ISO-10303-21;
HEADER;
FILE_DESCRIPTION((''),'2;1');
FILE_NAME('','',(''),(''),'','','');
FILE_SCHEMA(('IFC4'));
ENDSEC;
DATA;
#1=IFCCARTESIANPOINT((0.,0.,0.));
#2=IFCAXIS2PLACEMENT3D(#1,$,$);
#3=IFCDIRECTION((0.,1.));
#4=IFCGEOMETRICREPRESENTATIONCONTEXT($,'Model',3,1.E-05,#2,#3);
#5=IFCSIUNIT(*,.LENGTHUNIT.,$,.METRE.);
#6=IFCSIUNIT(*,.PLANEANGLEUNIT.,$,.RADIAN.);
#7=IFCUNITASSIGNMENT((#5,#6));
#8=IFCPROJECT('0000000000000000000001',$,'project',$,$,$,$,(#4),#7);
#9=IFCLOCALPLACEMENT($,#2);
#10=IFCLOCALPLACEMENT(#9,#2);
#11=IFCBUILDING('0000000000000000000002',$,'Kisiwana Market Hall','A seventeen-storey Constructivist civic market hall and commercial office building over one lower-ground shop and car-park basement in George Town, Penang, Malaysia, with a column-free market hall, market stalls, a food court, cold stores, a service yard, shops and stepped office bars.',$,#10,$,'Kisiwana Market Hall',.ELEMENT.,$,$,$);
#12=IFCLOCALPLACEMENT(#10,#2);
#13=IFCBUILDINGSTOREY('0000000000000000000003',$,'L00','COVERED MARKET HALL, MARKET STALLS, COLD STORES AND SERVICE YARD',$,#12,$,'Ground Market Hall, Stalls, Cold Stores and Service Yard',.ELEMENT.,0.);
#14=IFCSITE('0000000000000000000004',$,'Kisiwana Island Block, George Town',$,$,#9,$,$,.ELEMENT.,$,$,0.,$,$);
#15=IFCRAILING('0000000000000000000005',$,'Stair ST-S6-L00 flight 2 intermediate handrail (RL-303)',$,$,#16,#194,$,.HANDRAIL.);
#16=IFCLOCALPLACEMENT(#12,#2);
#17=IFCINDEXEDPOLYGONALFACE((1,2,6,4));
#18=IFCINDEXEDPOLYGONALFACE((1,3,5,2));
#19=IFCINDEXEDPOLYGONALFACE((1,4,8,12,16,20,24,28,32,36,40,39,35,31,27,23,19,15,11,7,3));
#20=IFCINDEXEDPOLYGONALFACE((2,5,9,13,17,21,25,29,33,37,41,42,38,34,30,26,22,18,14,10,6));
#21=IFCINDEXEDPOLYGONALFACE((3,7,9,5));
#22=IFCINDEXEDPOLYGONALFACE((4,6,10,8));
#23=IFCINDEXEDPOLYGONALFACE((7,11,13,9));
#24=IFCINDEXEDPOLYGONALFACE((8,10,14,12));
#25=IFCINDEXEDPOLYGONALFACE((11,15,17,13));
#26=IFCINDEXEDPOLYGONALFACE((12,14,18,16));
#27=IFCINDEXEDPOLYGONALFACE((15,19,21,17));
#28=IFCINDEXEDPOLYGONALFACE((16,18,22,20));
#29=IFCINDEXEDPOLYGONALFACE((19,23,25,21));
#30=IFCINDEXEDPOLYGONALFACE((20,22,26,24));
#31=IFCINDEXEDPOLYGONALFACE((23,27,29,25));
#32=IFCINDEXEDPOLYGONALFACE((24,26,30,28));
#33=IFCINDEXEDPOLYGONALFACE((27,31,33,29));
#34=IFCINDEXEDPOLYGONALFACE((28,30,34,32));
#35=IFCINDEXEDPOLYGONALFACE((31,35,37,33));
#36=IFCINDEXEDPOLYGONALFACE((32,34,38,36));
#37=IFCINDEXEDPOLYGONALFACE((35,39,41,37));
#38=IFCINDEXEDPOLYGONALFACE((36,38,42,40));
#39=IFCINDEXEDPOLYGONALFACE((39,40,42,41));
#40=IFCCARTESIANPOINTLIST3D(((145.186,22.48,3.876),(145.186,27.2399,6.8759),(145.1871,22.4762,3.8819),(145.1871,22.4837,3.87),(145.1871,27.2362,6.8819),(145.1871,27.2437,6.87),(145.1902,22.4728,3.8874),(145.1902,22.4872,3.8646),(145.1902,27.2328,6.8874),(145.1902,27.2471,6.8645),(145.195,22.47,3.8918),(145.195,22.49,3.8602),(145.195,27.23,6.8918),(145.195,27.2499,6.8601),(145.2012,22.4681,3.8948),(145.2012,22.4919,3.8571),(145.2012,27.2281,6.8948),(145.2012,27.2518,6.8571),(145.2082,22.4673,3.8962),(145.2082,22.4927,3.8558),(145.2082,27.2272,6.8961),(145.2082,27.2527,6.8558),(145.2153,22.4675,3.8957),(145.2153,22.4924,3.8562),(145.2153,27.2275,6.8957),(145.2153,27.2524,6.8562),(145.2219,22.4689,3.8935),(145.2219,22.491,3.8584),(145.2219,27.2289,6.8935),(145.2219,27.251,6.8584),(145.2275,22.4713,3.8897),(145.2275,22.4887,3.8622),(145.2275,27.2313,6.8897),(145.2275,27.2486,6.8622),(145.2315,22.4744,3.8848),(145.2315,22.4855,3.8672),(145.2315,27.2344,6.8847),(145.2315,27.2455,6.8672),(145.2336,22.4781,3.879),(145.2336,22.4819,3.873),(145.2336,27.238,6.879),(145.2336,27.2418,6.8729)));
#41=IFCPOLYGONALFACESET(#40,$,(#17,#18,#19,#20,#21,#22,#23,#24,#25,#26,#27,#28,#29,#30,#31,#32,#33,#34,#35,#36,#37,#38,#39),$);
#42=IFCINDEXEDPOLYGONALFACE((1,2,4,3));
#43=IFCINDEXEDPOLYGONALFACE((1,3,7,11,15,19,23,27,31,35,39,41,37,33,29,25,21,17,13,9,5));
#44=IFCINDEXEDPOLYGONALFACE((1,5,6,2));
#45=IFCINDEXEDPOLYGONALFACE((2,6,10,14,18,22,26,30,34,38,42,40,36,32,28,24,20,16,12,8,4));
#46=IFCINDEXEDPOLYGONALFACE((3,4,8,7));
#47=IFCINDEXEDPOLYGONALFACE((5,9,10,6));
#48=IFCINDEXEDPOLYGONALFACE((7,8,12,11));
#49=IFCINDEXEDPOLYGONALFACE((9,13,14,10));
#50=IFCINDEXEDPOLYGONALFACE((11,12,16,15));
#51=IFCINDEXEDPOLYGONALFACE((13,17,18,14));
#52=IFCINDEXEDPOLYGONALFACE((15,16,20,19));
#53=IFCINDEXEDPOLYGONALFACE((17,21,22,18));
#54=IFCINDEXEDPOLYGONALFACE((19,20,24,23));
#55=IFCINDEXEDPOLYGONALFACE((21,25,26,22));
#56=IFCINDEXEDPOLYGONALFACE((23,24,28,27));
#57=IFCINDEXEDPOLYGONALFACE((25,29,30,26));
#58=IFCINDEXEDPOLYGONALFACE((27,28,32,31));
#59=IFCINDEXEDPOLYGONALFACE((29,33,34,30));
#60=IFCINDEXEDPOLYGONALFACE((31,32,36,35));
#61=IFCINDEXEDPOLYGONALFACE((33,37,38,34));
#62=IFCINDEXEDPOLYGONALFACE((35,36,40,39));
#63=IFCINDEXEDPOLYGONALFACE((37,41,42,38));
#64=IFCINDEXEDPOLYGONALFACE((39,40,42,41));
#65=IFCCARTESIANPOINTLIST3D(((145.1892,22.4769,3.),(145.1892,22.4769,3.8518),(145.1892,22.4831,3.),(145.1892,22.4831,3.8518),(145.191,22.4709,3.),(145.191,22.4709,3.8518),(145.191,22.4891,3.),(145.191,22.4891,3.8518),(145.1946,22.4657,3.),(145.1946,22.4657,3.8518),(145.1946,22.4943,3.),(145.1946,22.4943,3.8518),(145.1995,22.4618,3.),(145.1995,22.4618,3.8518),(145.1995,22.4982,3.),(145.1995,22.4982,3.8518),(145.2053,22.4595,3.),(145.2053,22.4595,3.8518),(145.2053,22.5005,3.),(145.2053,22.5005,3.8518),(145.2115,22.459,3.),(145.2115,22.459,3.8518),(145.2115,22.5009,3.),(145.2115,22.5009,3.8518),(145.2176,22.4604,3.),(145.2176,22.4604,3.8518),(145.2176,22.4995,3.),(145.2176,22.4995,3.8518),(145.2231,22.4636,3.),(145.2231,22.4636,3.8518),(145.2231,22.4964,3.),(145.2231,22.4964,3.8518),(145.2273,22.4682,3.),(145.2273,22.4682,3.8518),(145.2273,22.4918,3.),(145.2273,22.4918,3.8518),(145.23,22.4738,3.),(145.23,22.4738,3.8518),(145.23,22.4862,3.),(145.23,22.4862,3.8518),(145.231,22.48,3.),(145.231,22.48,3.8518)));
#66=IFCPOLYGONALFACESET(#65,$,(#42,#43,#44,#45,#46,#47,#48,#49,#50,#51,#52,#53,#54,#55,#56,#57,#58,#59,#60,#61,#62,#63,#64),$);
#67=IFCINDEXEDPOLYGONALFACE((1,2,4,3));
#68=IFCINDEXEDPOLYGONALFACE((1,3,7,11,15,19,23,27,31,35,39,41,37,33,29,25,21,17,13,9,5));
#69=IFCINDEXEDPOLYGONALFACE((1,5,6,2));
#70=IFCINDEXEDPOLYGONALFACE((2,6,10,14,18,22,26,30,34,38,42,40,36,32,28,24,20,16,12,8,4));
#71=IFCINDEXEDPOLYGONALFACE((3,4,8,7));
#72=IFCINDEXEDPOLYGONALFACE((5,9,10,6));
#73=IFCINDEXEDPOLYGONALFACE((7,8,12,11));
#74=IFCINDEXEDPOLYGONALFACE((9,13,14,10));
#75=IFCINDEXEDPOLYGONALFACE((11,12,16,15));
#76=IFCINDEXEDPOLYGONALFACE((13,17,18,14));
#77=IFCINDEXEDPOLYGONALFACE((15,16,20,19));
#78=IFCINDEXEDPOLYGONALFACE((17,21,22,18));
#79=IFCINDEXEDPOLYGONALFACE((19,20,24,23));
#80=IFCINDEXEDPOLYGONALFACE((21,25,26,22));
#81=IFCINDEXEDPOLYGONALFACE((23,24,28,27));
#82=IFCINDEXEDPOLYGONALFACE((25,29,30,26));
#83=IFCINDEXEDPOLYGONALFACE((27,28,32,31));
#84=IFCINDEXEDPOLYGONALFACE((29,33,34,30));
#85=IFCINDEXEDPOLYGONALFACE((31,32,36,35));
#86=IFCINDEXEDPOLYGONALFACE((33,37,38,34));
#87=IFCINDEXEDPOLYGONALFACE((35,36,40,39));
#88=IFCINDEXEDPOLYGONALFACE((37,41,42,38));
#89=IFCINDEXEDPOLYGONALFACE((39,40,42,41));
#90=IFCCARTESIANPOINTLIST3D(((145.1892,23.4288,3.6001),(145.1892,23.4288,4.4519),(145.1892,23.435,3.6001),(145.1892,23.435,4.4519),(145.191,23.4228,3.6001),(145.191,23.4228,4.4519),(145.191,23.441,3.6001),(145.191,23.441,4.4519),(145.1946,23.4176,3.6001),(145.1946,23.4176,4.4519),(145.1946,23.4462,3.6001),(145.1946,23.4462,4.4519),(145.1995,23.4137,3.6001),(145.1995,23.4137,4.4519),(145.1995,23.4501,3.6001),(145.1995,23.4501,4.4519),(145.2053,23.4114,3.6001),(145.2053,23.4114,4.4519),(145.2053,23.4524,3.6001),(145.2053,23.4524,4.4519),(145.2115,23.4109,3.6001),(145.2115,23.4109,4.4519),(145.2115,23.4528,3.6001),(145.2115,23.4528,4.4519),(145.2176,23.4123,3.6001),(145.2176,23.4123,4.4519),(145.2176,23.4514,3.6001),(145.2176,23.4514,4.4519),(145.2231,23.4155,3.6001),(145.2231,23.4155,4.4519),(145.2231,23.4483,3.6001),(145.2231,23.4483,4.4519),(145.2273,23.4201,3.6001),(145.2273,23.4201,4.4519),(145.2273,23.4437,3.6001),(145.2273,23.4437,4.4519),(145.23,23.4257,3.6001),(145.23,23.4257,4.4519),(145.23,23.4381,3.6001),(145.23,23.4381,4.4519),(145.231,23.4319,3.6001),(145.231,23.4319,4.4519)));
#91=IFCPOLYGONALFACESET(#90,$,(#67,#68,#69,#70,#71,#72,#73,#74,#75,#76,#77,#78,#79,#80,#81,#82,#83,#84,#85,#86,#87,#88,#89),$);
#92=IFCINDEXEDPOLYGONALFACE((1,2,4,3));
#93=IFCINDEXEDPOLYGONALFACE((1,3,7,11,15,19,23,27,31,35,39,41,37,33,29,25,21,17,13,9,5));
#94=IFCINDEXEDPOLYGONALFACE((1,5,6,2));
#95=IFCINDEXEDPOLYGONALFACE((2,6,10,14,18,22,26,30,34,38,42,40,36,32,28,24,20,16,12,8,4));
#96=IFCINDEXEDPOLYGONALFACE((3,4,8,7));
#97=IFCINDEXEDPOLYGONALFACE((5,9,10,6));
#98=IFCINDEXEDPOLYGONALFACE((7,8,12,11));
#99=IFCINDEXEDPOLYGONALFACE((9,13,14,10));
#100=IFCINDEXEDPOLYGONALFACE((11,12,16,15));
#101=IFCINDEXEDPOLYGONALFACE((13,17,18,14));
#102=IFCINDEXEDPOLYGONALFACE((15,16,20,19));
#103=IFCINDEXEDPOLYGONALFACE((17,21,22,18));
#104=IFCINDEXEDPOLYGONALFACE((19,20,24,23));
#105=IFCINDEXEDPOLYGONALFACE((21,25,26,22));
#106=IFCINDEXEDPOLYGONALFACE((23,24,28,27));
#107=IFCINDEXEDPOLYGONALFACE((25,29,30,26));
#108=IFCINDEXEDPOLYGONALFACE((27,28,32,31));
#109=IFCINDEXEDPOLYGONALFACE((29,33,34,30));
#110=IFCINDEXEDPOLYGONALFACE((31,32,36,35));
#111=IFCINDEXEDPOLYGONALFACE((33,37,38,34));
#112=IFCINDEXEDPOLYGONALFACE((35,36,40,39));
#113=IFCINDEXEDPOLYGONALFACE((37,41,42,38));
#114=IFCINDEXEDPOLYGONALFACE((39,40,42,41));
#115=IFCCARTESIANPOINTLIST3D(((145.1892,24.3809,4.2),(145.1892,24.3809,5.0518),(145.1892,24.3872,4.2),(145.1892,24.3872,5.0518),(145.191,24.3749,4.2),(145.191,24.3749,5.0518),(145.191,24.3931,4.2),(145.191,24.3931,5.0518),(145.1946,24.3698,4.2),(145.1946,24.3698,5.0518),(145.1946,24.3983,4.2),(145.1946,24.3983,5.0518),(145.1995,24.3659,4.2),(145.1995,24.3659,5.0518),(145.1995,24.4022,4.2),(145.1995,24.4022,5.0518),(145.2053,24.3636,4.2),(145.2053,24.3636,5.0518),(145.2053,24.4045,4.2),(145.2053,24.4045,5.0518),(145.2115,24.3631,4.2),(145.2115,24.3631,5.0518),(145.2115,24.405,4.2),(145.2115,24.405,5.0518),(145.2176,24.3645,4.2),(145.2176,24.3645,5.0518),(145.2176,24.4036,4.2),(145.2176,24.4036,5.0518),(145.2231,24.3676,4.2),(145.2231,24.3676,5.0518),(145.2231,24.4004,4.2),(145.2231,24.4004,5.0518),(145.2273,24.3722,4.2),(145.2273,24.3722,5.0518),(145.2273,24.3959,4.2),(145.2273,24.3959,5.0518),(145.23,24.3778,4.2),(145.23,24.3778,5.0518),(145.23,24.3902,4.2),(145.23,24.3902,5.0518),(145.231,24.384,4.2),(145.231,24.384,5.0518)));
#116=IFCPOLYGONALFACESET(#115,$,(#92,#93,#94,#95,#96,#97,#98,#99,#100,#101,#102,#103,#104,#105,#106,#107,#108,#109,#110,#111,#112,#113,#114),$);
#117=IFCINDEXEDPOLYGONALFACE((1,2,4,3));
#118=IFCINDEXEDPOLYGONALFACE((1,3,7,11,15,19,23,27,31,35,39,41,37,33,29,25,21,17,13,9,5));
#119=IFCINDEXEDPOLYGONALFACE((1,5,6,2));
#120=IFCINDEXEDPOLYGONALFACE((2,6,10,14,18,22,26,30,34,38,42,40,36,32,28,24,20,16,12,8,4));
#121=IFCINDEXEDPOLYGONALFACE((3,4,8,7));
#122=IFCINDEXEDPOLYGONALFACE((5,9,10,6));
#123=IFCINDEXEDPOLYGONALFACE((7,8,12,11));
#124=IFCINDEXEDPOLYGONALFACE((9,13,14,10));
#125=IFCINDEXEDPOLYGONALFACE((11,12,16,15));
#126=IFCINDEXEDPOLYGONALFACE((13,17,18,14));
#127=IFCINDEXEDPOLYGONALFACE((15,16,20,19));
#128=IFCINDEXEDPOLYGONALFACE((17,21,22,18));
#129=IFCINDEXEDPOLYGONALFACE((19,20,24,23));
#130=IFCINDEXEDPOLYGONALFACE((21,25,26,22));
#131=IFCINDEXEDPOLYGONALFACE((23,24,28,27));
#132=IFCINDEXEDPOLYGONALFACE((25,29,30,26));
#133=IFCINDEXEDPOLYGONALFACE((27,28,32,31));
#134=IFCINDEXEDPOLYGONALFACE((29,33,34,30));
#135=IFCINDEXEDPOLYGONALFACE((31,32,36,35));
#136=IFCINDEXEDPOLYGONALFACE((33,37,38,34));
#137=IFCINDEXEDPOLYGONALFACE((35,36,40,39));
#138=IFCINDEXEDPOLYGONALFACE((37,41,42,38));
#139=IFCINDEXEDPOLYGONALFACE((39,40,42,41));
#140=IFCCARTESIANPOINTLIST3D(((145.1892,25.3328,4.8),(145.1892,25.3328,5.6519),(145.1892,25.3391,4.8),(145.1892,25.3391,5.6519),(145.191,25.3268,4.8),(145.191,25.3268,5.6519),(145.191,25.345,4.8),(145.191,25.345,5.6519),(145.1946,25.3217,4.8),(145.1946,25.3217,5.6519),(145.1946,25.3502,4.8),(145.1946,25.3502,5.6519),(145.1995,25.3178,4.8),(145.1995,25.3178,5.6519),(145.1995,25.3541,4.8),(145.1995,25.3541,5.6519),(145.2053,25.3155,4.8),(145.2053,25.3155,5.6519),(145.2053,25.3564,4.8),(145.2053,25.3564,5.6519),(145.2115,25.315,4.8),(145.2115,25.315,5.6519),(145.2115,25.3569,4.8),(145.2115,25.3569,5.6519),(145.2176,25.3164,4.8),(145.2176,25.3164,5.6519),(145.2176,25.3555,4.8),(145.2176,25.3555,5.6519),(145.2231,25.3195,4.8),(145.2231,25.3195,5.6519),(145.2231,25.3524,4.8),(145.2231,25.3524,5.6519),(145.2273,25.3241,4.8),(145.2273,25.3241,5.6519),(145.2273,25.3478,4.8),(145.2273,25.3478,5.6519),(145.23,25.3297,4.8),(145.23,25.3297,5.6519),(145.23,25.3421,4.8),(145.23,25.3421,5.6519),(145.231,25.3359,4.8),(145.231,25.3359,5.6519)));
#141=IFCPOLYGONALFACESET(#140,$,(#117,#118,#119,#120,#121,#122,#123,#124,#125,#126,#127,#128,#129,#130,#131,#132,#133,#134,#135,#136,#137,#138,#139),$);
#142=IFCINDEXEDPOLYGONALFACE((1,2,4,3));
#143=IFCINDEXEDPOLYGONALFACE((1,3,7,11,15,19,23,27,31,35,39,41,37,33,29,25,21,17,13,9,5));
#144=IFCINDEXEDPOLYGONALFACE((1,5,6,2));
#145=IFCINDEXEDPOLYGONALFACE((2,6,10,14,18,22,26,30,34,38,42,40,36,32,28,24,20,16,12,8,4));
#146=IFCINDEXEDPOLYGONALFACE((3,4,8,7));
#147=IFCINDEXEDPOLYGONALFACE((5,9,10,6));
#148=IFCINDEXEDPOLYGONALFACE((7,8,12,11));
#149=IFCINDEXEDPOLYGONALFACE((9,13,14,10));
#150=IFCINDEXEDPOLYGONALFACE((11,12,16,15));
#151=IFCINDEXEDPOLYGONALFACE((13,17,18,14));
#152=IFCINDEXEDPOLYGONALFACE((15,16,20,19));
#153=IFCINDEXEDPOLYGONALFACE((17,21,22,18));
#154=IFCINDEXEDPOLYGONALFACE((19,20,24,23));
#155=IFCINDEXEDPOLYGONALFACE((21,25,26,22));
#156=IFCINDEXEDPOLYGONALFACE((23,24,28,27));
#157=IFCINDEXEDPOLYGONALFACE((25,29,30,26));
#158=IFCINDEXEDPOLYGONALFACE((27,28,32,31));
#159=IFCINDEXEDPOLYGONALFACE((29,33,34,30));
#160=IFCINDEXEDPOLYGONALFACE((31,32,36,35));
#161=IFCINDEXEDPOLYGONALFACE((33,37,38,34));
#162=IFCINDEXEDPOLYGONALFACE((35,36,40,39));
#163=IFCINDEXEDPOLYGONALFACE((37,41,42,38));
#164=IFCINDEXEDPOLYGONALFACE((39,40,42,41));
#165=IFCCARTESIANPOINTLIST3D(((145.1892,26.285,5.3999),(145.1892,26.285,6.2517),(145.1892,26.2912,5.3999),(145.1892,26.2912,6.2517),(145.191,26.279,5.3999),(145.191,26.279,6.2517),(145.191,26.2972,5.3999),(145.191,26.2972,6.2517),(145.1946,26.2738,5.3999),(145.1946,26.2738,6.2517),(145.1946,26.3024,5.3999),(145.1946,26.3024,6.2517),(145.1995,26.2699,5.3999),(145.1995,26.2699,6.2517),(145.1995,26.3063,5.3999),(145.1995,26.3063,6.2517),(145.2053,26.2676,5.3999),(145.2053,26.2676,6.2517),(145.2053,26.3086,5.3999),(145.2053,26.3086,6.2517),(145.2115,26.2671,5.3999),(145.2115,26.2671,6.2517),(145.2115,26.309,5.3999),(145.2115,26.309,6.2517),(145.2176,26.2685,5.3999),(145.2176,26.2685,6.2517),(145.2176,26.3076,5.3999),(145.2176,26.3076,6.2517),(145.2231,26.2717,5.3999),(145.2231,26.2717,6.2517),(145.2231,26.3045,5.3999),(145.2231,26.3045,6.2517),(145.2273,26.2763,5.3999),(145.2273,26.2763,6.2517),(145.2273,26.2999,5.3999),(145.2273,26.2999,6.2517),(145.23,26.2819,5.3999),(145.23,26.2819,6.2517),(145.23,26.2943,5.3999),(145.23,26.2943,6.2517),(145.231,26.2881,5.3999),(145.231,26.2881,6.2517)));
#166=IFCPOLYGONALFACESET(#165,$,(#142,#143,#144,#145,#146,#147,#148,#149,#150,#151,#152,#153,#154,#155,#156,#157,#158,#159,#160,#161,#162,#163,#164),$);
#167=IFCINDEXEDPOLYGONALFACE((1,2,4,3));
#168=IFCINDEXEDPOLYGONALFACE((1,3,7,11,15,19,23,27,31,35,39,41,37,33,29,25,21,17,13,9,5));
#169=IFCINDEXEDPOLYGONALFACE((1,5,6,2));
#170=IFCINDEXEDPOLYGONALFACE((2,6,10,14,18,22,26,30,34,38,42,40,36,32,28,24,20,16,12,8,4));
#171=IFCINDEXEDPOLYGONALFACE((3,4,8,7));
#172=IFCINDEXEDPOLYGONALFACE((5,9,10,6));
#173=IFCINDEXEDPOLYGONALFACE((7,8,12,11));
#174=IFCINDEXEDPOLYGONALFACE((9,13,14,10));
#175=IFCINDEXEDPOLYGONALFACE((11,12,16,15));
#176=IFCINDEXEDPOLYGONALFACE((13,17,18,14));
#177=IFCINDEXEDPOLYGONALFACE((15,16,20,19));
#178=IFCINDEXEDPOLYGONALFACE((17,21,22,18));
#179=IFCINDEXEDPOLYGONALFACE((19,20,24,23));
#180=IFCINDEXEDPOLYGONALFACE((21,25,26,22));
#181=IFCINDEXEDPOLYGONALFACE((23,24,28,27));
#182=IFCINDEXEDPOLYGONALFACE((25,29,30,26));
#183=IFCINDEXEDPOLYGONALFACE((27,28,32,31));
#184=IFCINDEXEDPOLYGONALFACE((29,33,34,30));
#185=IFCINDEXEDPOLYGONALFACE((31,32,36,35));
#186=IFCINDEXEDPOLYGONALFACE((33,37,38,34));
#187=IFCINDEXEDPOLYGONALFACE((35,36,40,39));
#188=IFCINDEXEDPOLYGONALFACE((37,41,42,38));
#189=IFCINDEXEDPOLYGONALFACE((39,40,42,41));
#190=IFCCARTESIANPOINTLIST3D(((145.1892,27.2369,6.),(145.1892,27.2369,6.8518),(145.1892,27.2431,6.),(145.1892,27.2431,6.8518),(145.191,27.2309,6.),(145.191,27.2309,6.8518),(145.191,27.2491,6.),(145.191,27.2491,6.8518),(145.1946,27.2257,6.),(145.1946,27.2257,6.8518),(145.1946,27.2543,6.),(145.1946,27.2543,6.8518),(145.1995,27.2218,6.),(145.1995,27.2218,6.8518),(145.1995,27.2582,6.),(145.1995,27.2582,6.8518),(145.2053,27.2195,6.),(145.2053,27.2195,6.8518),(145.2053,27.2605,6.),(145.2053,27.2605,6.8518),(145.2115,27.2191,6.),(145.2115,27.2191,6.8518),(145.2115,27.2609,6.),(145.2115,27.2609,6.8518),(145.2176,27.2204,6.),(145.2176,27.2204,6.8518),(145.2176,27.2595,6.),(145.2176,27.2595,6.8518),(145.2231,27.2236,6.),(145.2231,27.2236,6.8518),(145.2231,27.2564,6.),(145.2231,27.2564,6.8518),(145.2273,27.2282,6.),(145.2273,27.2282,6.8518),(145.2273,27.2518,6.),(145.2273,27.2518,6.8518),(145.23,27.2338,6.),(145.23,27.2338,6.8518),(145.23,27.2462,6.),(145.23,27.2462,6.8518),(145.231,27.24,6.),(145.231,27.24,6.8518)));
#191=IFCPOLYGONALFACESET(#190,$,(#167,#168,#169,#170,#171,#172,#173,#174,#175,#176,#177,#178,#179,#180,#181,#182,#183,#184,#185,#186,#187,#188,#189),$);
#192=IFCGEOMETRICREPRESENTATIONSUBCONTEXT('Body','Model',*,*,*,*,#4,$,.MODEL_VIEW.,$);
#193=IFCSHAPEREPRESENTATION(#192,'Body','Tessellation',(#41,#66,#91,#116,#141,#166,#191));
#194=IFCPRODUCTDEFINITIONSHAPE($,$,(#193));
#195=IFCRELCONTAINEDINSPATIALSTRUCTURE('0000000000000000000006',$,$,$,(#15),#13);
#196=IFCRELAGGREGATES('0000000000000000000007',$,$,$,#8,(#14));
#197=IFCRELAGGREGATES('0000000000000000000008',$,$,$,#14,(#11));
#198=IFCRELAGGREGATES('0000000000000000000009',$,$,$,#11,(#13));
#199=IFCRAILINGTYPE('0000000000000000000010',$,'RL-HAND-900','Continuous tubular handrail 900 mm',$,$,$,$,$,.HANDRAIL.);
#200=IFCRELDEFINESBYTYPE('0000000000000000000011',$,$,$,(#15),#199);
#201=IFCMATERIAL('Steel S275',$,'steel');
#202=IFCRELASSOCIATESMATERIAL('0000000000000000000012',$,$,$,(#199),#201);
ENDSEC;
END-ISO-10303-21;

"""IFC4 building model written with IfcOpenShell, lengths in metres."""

from ifc_helpers import new_model, si_unit, direction, frame, origin, origin_2d, place, context, subcontext, project, spatial, circle, extrude, material, type_object, element, save


model = new_model("IFC4")

# Units and contexts
model_context = context("Model", 3, precision=1e-05, world=origin(), true_north=direction((0.0, 1.0)))
body_context = subcontext(model_context, "Body", "Model", "MODEL_VIEW")
ifc_project = project(units=[si_unit("LENGTHUNIT", "METRE"), si_unit("PLANEANGLEUNIT", "RADIAN")], contexts=[model_context])

# Site, building, storey
site_placement = place(None, origin())
site = spatial("IfcSite", under=ifc_project, at=site_placement, Name="Kisiwana Island Block, George Town", CompositionType="ELEMENT", RefElevation=0.0)
building_placement = place(site_placement, origin())
building = spatial("IfcBuilding", under=site, at=building_placement, Name="Kisiwana Market Hall", Description="A seventeen-storey Constructivist civic market hall and commercial office building over one lower-ground shop and car-park basement in George Town, Penang, Malaysia, with a column-free market hall, market stalls, a food court, cold stores, a service yard, shops and stepped office bars.", LongName="Kisiwana Market Hall", CompositionType="ELEMENT")
storey_placement = place(building_placement, origin())
storey = spatial("IfcBuildingStorey", under=building, at=storey_placement, Name="L00", Description="COVERED MARKET HALL, MARKET STALLS, COLD STORES AND SERVICE YARD", LongName="Ground Market Hall, Stalls, Cold Stores and Service Yard", CompositionType="ELEMENT", Elevation=0.0)

# Railing
ifc_material_1 = material(Name="Steel S275", Category="steel")
railing_type = type_object("IfcRailingType", Name="RL-HAND-900", Description="Continuous tubular handrail 900 mm", PredefinedType="HANDRAIL", material=ifc_material_1)
for number, where, name in (
    (1, (145.21, 22.48, 3.0), "Stair ST-S6-L00 flight 2 intermediate handrail (RL-303)"),
):
    element("IfcRailing", number, at=place(storey_placement, frame(where)), inside=storey, type_object=railing_type, Name=name, PredefinedType="HANDRAIL", context=body_context, shape_type="SweptSolid", body=[
        extrude(circle(Radius=0.0239, at=origin_2d()), frame((0.0, 0.0, 0.876), z_axis=(0.0, 0.845996, 0.53319), x_axis=(-1.0, 0.0, 0.0)), (0.0, 0.0, 1.0), 5.6265),
        extrude(circle(Radius=0.021, at=origin_2d()), origin(), (0.0, 0.0, 1.0), 0.8518),
        extrude(circle(Radius=0.021, at=origin_2d()), frame((0.0, 0.9519, 0.6001)), (0.0, 0.0, 1.0), 0.8518),
        extrude(circle(Radius=0.021, at=origin_2d()), frame((0.0, 1.9041, 1.2)), (0.0, 0.0, 1.0), 0.8518),
        extrude(circle(Radius=0.021, at=origin_2d()), frame((0.0, 2.856, 1.8)), (0.0, 0.0, 1.0), 0.8518),
        extrude(circle(Radius=0.021, at=origin_2d()), frame((0.0, 3.8081, 2.3999)), (0.0, 0.0, 1.0), 0.8518),
        extrude(circle(Radius=0.021, at=origin_2d()), frame((0.0, 4.76, 3.0)), (0.0, 0.0, 1.0), 0.8518),
    ])

save(model, "model.ifc")
